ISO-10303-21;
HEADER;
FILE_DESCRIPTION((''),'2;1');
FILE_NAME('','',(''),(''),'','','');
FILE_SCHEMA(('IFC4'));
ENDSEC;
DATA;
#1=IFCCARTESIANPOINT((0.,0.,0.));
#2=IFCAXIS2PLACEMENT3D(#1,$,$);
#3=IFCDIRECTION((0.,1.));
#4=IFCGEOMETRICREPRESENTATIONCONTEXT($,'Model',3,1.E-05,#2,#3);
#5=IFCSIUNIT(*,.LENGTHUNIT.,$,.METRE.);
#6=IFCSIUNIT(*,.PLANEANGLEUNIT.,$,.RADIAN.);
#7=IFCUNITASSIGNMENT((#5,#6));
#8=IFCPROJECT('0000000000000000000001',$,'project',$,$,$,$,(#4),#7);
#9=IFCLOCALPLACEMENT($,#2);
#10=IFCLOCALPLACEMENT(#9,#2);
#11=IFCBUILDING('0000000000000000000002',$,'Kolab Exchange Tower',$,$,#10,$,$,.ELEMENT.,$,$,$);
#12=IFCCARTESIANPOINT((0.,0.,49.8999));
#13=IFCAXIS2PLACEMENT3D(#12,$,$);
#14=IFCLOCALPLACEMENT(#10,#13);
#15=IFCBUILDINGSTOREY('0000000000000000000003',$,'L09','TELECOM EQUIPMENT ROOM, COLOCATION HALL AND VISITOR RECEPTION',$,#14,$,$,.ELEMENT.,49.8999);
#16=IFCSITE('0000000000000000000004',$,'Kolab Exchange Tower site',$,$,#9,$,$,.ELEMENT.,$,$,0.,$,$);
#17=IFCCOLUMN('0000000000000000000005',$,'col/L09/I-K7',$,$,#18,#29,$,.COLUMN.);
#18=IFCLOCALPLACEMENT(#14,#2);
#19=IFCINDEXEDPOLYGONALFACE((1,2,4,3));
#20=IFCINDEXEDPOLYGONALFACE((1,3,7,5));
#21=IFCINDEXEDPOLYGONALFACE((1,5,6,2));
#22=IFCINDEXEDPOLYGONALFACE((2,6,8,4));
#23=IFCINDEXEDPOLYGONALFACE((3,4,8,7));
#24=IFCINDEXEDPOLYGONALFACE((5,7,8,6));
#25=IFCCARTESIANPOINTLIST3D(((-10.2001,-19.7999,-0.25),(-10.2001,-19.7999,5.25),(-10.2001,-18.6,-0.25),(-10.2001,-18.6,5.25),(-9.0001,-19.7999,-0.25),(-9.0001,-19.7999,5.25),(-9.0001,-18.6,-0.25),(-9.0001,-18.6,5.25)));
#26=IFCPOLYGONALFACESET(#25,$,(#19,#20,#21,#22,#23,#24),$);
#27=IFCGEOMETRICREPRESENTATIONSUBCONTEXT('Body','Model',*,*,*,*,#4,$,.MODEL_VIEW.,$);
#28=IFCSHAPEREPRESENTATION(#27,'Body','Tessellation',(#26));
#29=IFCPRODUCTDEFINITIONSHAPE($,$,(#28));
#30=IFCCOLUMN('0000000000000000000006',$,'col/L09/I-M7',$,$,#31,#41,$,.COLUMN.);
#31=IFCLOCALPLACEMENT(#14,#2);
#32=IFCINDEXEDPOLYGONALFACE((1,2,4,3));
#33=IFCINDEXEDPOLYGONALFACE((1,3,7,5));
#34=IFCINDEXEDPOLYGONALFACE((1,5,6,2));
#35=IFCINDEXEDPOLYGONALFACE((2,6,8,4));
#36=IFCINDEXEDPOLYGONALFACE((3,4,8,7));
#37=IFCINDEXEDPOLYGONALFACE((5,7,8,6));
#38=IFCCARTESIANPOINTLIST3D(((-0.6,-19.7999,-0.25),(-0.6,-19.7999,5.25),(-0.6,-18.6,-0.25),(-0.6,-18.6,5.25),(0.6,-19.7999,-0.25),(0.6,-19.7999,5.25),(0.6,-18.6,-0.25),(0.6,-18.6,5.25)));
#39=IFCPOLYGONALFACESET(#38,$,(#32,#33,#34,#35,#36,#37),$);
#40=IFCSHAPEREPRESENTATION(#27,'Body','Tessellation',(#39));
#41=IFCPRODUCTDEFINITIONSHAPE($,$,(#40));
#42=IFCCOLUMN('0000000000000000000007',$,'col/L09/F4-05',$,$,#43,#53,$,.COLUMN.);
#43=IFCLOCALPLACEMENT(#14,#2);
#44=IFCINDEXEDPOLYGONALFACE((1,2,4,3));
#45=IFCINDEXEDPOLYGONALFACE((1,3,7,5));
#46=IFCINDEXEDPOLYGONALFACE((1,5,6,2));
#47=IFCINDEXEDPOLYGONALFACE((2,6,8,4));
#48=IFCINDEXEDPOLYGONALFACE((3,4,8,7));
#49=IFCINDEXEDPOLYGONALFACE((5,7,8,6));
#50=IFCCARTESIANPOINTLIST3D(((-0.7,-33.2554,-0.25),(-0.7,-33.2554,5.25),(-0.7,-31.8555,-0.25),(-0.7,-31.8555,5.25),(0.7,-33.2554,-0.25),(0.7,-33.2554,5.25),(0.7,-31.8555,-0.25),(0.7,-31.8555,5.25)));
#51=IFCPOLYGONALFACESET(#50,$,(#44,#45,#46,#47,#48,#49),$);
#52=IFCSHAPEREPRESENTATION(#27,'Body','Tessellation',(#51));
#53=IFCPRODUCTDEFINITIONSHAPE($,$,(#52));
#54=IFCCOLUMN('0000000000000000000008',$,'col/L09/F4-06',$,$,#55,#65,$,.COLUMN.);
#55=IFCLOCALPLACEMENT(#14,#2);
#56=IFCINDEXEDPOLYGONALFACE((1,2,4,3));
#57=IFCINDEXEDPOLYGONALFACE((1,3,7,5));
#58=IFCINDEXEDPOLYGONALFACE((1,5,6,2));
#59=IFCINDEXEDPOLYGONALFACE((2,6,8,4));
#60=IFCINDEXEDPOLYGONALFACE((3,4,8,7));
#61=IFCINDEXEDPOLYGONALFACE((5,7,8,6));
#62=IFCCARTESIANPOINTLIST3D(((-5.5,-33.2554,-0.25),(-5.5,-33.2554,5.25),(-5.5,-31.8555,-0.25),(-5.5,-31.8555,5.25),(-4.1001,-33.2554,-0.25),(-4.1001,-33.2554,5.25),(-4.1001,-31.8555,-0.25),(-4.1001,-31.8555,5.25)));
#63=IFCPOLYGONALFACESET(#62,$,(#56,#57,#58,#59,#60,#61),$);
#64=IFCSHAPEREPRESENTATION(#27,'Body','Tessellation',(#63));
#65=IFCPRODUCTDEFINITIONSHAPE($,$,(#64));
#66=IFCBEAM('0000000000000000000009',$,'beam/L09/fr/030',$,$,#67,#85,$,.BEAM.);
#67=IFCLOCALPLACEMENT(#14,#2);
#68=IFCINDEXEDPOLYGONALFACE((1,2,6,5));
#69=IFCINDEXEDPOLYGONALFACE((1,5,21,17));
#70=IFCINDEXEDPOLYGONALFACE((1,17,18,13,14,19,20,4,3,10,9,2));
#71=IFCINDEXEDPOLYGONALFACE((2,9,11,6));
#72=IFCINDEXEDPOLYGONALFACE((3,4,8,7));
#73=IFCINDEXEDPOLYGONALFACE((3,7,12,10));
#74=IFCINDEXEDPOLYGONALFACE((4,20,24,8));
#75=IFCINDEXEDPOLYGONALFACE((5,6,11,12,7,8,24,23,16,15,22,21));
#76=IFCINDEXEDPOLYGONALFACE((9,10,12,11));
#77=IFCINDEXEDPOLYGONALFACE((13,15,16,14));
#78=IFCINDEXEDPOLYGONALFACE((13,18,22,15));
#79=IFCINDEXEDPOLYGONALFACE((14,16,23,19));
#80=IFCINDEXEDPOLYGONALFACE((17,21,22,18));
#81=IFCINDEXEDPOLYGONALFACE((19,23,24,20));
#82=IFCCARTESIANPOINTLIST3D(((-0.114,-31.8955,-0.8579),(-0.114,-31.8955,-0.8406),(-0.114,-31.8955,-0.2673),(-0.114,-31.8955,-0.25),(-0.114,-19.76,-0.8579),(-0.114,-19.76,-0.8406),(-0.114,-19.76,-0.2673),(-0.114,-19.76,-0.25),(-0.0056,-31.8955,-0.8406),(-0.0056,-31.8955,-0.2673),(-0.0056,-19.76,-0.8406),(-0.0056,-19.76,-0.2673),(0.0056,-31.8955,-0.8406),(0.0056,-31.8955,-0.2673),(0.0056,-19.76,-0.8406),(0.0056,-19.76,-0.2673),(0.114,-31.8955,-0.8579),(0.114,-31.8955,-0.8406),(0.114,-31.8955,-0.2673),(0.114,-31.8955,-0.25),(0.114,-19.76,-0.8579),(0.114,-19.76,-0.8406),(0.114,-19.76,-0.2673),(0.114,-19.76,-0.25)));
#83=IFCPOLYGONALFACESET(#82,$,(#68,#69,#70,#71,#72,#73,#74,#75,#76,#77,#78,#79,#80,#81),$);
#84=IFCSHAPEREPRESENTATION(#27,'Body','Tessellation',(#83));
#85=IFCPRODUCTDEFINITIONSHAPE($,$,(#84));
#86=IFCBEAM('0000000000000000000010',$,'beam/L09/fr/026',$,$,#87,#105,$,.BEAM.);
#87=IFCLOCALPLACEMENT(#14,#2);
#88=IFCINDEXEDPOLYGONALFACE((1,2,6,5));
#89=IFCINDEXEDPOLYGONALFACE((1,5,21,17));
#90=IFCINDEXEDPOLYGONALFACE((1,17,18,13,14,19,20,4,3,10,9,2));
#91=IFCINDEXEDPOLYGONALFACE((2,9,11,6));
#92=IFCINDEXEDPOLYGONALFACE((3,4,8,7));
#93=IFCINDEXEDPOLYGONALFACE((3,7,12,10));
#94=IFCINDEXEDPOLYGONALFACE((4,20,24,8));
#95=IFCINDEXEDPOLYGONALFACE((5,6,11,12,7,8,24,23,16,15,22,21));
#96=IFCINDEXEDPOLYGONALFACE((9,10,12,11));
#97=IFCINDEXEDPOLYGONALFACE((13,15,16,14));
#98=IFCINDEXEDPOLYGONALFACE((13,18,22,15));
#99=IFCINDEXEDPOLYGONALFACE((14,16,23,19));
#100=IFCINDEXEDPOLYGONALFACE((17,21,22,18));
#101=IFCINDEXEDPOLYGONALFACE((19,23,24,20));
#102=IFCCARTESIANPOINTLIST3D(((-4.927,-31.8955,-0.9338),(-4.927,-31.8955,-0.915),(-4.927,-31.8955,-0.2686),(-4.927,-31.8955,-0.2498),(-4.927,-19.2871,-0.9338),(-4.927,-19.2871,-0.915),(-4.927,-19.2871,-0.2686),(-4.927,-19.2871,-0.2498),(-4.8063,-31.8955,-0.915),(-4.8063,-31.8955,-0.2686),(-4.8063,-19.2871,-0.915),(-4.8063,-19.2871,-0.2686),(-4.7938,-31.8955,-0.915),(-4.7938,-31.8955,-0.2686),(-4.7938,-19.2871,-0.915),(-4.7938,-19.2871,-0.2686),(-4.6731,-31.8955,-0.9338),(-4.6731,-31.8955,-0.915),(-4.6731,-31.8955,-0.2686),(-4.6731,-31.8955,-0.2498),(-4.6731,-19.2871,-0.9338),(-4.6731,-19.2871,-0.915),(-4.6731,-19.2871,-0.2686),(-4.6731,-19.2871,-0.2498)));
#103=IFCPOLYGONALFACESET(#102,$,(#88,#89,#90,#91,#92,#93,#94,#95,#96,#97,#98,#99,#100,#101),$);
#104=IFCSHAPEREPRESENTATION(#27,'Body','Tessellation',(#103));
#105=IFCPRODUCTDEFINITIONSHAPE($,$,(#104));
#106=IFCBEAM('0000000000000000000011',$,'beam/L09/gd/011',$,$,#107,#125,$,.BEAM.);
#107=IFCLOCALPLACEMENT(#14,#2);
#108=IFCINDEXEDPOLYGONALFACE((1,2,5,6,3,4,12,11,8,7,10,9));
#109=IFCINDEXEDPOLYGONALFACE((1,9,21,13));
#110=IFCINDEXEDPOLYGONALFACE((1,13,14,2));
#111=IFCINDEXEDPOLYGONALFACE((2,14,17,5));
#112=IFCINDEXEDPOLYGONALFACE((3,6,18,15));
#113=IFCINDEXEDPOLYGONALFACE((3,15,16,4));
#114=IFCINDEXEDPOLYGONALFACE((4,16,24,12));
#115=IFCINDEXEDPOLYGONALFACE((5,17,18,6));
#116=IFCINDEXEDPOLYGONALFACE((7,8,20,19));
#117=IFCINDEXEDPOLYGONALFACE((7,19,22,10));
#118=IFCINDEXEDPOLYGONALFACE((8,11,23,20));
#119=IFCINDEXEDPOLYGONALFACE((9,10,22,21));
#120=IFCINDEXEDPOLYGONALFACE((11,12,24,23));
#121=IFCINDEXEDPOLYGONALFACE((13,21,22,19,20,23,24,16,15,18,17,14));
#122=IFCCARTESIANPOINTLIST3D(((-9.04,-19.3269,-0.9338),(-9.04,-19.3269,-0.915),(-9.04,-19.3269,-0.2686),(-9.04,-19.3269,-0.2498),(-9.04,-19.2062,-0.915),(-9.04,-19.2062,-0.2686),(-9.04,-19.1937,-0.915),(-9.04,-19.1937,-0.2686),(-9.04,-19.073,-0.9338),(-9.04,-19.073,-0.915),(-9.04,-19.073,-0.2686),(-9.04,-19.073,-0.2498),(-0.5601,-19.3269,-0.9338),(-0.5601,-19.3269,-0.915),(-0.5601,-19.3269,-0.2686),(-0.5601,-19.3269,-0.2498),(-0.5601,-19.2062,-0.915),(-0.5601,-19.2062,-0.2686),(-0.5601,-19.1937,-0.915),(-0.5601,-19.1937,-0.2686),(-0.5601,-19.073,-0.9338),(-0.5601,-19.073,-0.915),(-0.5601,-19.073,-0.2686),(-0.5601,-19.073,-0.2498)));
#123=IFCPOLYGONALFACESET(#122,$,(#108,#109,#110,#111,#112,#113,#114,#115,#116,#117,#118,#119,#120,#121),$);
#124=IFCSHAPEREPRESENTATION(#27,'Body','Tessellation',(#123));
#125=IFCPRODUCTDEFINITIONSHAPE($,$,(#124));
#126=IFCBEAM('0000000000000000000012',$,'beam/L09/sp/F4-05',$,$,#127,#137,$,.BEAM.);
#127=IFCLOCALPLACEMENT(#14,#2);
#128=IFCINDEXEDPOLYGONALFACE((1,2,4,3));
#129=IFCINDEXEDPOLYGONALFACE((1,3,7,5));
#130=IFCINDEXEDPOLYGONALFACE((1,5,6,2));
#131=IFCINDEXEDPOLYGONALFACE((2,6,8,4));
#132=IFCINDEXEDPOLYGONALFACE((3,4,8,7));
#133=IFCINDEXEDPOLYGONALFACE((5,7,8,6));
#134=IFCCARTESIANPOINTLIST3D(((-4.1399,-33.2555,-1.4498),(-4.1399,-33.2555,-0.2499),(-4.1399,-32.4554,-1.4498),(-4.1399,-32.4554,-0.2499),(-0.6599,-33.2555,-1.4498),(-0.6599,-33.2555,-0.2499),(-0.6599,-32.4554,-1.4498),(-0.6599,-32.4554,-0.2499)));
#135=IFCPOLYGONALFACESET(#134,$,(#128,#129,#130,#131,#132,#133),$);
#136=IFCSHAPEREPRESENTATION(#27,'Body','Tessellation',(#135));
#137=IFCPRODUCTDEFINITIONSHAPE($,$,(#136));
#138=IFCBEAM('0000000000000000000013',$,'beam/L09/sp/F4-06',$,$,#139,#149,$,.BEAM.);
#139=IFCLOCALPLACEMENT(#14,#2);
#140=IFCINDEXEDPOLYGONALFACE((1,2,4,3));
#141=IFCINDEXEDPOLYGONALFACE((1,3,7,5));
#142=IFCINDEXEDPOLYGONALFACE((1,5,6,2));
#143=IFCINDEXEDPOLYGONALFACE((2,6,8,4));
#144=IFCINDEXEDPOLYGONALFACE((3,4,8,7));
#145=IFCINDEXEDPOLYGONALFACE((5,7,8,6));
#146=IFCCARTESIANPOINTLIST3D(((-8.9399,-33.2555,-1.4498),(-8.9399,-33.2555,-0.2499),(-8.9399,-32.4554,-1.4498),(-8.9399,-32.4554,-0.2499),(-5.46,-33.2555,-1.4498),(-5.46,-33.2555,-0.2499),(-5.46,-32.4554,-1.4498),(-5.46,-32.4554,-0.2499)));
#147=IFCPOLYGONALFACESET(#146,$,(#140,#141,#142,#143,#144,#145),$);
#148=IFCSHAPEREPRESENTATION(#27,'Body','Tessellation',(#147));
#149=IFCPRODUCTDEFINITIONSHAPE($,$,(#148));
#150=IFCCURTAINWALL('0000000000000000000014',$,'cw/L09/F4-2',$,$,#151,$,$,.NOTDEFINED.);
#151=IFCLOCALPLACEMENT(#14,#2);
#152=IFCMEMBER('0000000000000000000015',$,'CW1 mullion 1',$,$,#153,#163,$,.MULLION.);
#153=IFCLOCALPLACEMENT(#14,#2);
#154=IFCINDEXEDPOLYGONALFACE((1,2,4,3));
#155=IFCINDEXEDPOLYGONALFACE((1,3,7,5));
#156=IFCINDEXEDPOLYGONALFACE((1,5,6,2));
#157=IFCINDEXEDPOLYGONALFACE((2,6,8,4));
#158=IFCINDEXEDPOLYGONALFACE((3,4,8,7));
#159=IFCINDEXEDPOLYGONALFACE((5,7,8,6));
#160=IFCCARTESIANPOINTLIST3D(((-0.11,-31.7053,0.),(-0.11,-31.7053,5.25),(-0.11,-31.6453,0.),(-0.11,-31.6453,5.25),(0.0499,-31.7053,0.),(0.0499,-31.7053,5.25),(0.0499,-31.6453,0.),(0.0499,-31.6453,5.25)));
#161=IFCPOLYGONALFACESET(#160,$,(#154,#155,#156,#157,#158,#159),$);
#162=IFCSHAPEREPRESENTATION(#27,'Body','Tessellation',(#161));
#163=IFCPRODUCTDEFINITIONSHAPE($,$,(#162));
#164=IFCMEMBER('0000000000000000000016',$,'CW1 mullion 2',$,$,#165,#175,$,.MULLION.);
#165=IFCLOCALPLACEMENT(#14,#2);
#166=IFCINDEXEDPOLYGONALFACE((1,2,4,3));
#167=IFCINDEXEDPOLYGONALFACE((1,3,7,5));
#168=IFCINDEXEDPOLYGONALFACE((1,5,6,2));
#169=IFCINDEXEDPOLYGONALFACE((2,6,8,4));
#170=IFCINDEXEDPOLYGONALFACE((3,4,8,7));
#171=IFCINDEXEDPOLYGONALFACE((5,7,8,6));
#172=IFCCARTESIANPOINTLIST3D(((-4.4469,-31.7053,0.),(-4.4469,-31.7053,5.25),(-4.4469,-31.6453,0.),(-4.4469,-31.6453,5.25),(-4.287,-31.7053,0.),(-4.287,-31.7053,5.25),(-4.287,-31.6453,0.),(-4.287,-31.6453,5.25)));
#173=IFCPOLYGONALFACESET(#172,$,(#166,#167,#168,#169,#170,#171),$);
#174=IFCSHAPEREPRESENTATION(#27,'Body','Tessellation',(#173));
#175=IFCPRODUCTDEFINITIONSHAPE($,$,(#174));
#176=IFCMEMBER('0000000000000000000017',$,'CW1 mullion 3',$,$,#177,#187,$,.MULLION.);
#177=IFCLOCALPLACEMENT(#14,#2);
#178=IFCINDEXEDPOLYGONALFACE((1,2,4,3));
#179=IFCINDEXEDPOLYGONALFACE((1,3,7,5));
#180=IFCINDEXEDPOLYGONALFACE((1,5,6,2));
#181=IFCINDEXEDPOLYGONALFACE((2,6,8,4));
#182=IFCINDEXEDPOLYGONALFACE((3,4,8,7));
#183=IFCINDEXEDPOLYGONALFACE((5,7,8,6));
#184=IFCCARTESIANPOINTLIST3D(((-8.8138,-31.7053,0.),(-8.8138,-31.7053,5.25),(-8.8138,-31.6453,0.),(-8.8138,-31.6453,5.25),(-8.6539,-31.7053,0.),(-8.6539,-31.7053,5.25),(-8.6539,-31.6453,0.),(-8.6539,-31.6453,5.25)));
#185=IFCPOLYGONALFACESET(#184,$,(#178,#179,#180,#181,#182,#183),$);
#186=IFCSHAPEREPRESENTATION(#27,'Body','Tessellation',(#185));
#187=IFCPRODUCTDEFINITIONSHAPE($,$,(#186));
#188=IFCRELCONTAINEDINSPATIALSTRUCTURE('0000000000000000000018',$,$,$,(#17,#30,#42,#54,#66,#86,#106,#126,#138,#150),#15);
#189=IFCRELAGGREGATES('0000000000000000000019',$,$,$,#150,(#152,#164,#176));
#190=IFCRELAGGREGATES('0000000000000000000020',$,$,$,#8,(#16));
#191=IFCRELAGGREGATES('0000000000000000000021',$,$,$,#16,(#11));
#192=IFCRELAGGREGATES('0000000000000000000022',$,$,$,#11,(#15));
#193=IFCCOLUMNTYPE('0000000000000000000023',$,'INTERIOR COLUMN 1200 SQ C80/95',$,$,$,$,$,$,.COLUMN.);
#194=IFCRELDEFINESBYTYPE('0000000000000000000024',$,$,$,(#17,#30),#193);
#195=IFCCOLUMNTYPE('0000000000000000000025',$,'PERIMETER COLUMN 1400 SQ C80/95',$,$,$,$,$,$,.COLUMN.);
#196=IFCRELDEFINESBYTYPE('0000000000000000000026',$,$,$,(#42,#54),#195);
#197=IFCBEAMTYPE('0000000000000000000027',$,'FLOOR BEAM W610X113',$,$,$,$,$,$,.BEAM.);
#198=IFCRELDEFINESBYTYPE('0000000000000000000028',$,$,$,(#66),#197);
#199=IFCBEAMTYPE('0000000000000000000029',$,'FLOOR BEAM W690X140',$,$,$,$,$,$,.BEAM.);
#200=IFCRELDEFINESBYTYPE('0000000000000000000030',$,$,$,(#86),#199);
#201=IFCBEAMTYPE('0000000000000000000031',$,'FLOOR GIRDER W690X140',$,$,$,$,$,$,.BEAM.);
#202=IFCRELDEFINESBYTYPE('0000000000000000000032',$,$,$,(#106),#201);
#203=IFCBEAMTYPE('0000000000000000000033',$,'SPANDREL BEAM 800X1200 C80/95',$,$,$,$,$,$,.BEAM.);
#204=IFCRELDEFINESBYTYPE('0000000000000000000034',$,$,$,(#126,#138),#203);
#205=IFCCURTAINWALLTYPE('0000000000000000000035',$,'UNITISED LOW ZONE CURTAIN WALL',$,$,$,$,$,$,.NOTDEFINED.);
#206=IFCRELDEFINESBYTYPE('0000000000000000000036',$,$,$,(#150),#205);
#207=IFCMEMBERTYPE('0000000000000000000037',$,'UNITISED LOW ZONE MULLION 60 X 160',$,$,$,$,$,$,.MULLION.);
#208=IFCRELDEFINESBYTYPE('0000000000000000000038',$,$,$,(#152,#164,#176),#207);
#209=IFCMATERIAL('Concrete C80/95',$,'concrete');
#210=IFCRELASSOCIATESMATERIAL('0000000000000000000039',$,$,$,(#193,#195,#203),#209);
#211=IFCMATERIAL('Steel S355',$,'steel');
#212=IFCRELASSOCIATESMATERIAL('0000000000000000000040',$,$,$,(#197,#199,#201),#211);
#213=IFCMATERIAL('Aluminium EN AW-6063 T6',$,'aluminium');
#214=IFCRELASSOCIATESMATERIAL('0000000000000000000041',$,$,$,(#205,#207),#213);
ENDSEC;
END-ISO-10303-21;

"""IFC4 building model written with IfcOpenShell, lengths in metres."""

from ifc_helpers import new_model, si_unit, direction, frame, origin, origin_2d, place, context, subcontext, project, spatial, rectangle, i_section, extrude, material, material_profile, profile_set, type_object, element, aggregate, save


model = new_model("IFC4")

# Units and contexts
model_context = context("Model", 3, precision=1e-05, world=origin(), true_north=direction((0.0, 1.0)))
body_context = subcontext(model_context, "Body", "Model", "MODEL_VIEW")
ifc_project = project(units=[si_unit("LENGTHUNIT", "METRE"), si_unit("PLANEANGLEUNIT", "RADIAN")], contexts=[model_context])

# Site, building, storey
site_placement = place(None, origin())
site = spatial("IfcSite", under=ifc_project, at=site_placement, Name="Kolab Exchange Tower site", CompositionType="ELEMENT", RefElevation=0.0)
building_placement = place(site_placement, origin())
building = spatial("IfcBuilding", under=site, at=building_placement, Name="Kolab Exchange Tower", CompositionType="ELEMENT")
storey_placement = place(building_placement, frame((0.0, 0.0, 49.8999)))
storey = spatial("IfcBuildingStorey", under=building, at=storey_placement, Name="L09", Description="TELECOM EQUIPMENT ROOM, COLOCATION HALL AND VISITOR RECEPTION", CompositionType="ELEMENT", Elevation=49.8999)

# Columns
ifc_material_1 = material(Name="Concrete C80/95", Category="concrete")
ifc_material_profile_1 = material_profile(ifc_material_1, rectangle(XDim=1.2, YDim=1.2, at=origin_2d()), Name="RC1200")
ifc_profile_set_1 = profile_set([ifc_material_profile_1], Name="Concrete C80/95")
column_type_1 = type_object("IfcColumnType", Name="INTERIOR COLUMN 1200 SQ C80/95", PredefinedType="COLUMN", material=ifc_profile_set_1)
for number, where, z_axis, x_axis, name in (
    (1, (-9.6001, -19.2, -0.25), (0.0, 0.0, 1.0), (1.0, 0.0, 0.0), "col/L09/I-K7"),
    (2, (0.0, -19.2, -0.25), (0.0, 0.0, 1.0), (1.0, 0.0, 0.0), "col/L09/I-M7"),
):
    element("IfcColumn", number, at=place(storey_placement, frame(where, z_axis=z_axis, x_axis=x_axis)), inside=storey, type_object=column_type_1, Name=name, PredefinedType="COLUMN", context=body_context, shape_type="SweptSolid", body=[
        extrude(rectangle(XDim=1.2, YDim=1.2, at=origin_2d()), origin(), (0.0, 0.0, 1.0), 5.5),
    ])
ifc_material_profile_2 = material_profile(ifc_material_1, rectangle(XDim=1.3999, YDim=1.3999, at=origin_2d()), Name="RC1400")
ifc_profile_set_2 = profile_set([ifc_material_profile_2], Name="Concrete C80/95")
column_type_2 = type_object("IfcColumnType", Name="PERIMETER COLUMN 1400 SQ C80/95", PredefinedType="COLUMN", material=ifc_profile_set_2)
for number, where, z_axis, x_axis, name in (
    (3, (0.0, -32.5554, -0.25), (0.0, 0.0, 1.0), (1.0, 0.0, 0.0), "col/L09/F4-05"),
    (4, (-4.8, -32.5554, -0.25), (0.0, 0.0, 1.0), (1.0, 0.0, 0.0), "col/L09/F4-06"),
):
    element("IfcColumn", number, at=place(storey_placement, frame(where, z_axis=z_axis, x_axis=x_axis)), inside=storey, type_object=column_type_2, Name=name, PredefinedType="COLUMN", context=body_context, shape_type="SweptSolid", body=[
        extrude(rectangle(XDim=1.3999, YDim=1.3999, at=origin_2d()), origin(), (0.0, 0.0, 1.0), 5.5),
    ])

# Beams
ifc_material_2 = material(Name="Steel S355", Category="steel")
ifc_material_profile_3 = material_profile(ifc_material_2, i_section(OverallWidth=0.228, OverallDepth=0.6079, WebThickness=0.0112, FlangeThickness=0.0173, at=origin_2d()), Name="W610X113")
ifc_profile_set_3 = profile_set([ifc_material_profile_3], Name="Steel S355")
beam_type_1 = type_object("IfcBeamType", Name="FLOOR BEAM W610X113", PredefinedType="BEAM", material=ifc_profile_set_3)
beam_1_placement = place(storey_placement, frame((0.0, -31.8955, -0.554), z_axis=(0.0, 1.0, 0.0), x_axis=(-1.0, 0.0, 0.0)))
element("IfcBeam", 5, at=beam_1_placement, inside=storey, type_object=beam_type_1, Name="beam/L09/fr/030", PredefinedType="BEAM", context=body_context, shape_type="SweptSolid", body=[
    extrude(i_section(OverallWidth=0.228, OverallDepth=0.6079, WebThickness=0.0112, FlangeThickness=0.0173, at=origin_2d()), origin(), (0.0, 0.0, 1.0), 12.1355),
])
ifc_material_profile_4 = material_profile(ifc_material_2, i_section(OverallWidth=0.2539, OverallDepth=0.6841, WebThickness=0.0125, FlangeThickness=0.0188, at=origin_2d()), Name="W690X140")
ifc_profile_set_4 = profile_set([ifc_material_profile_4], Name="Steel S355")
beam_type_2 = type_object("IfcBeamType", Name="FLOOR BEAM W690X140", PredefinedType="BEAM", material=ifc_profile_set_4)
beam_2_placement = place(storey_placement, frame((-4.8, -31.8955, -0.5918), z_axis=(0.0, 1.0, 0.0), x_axis=(-1.0, 0.0, 0.0)))
element("IfcBeam", 6, at=beam_2_placement, inside=storey, type_object=beam_type_2, Name="beam/L09/fr/026", PredefinedType="BEAM", context=body_context, shape_type="SweptSolid", body=[
    extrude(i_section(OverallWidth=0.2539, OverallDepth=0.6841, WebThickness=0.0125, FlangeThickness=0.0188, at=origin_2d()), origin(), (0.0, 0.0, 1.0), 12.6084),
])
ifc_material_profile_5 = material_profile(ifc_material_2, i_section(OverallWidth=0.2539, OverallDepth=0.6841, WebThickness=0.0125, FlangeThickness=0.0188, at=origin_2d()), Name="W690X140")
ifc_profile_set_5 = profile_set([ifc_material_profile_5], Name="Steel S355")
beam_type_3 = type_object("IfcBeamType", Name="FLOOR GIRDER W690X140", PredefinedType="BEAM", material=ifc_profile_set_5)
beam_3_placement = place(storey_placement, frame((-9.04, -19.2, -0.5918), z_axis=(1.0, 0.0, 0.0), x_axis=(0.0, 1.0, 0.0)))
element("IfcBeam", 7, at=beam_3_placement, inside=storey, type_object=beam_type_3, Name="beam/L09/gd/011", PredefinedType="BEAM", context=body_context, shape_type="SweptSolid", body=[
    extrude(i_section(OverallWidth=0.2539, OverallDepth=0.6841, WebThickness=0.0125, FlangeThickness=0.0188, at=origin_2d()), origin(), (0.0, 0.0, 1.0), 8.48),
])
ifc_material_profile_6 = material_profile(ifc_material_1, rectangle(XDim=0.8, YDim=1.2, at=origin_2d()), Name="RC800X1200")
ifc_profile_set_6 = profile_set([ifc_material_profile_6], Name="Concrete C80/95")
beam_type_4 = type_object("IfcBeamType", Name="SPANDREL BEAM 800X1200 C80/95", PredefinedType="BEAM", material=ifc_profile_set_6)
for number, where, z_axis, x_axis, name in (
    (8, (-0.6599, -32.8555, -0.8499), (-1.0, 0.0, 0.0), (0.0, -1.0, 0.0), "beam/L09/sp/F4-05"),
    (9, (-5.46, -32.8555, -0.8499), (-1.0, 0.0, 0.0), (0.0, -1.0, 0.0), "beam/L09/sp/F4-06"),
):
    element("IfcBeam", number, at=place(storey_placement, frame(where, z_axis=z_axis, x_axis=x_axis)), inside=storey, type_object=beam_type_4, Name=name, PredefinedType="BEAM", context=body_context, shape_type="SweptSolid", body=[
        extrude(rectangle(XDim=0.8, YDim=1.2, at=origin_2d()), origin(), (0.0, 0.0, 1.0), 3.48),
    ])

# Curtain wall, members
ifc_material_3 = material(Name="Aluminium EN AW-6063 T6", Category="aluminium")
curtain_wall_type = type_object("IfcCurtainWallType", Name="UNITISED LOW ZONE CURTAIN WALL", PredefinedType="NOTDEFINED", material=ifc_material_3)
curtain_wall_placement = place(storey_placement, origin())
curtain_wall = element("IfcCurtainWall", 10, at=curtain_wall_placement, inside=storey, type_object=curtain_wall_type, Name="cw/L09/F4-2", PredefinedType="NOTDEFINED")
ifc_material_profile_7 = material_profile(ifc_material_3, rectangle(XDim=0.0601, YDim=0.1599, at=origin_2d()), Name="RECT 60X160")
ifc_profile_set_7 = profile_set([ifc_material_profile_7], Name="Aluminium EN AW-6063 T6")
member_type_1 = type_object("IfcMemberType", Name="UNITISED LOW ZONE MULLION 60 X 160", PredefinedType="MULLION", material=ifc_profile_set_7)
member_1_placement = place(storey_placement, frame((-0.03, -31.6753, 0.0), z_axis=(0.0, 0.0, 1.0), x_axis=(0.0, -1.0, 0.0)))
member_1 = element("IfcMember", 11, at=member_1_placement, type_object=member_type_1, Name="CW1 mullion 1", PredefinedType="MULLION", context=body_context, shape_type="SweptSolid", body=[
    extrude(rectangle(XDim=0.0601, YDim=0.1599, at=origin_2d()), origin(), (0.0, 0.0, 1.0), 5.25),
])
member_2_placement = place(storey_placement, frame((-4.3669, -31.6753, 0.0), z_axis=(0.0, 0.0, 1.0), x_axis=(0.0, -1.0, 0.0)))
member_2 = element("IfcMember", 12, at=member_2_placement, type_object=member_type_1, Name="CW1 mullion 2", PredefinedType="MULLION", context=body_context, shape_type="SweptSolid", body=[
    extrude(rectangle(XDim=0.0601, YDim=0.1599, at=origin_2d()), origin(), (0.0, 0.0, 1.0), 5.25),
])
member_3_placement = place(storey_placement, frame((-8.7339, -31.6753, 0.0), z_axis=(0.0, 0.0, 1.0), x_axis=(0.0, -1.0, 0.0)))
member_3 = element("IfcMember", 13, at=member_3_placement, type_object=member_type_1, Name="CW1 mullion 3", PredefinedType="MULLION", context=body_context, shape_type="SweptSolid", body=[
    extrude(rectangle(XDim=0.0601, YDim=0.1599, at=origin_2d()), origin(), (0.0, 0.0, 1.0), 5.25),
])
aggregate(curtain_wall, [member_1, member_2, member_3])

save(model, "model.ifc")
